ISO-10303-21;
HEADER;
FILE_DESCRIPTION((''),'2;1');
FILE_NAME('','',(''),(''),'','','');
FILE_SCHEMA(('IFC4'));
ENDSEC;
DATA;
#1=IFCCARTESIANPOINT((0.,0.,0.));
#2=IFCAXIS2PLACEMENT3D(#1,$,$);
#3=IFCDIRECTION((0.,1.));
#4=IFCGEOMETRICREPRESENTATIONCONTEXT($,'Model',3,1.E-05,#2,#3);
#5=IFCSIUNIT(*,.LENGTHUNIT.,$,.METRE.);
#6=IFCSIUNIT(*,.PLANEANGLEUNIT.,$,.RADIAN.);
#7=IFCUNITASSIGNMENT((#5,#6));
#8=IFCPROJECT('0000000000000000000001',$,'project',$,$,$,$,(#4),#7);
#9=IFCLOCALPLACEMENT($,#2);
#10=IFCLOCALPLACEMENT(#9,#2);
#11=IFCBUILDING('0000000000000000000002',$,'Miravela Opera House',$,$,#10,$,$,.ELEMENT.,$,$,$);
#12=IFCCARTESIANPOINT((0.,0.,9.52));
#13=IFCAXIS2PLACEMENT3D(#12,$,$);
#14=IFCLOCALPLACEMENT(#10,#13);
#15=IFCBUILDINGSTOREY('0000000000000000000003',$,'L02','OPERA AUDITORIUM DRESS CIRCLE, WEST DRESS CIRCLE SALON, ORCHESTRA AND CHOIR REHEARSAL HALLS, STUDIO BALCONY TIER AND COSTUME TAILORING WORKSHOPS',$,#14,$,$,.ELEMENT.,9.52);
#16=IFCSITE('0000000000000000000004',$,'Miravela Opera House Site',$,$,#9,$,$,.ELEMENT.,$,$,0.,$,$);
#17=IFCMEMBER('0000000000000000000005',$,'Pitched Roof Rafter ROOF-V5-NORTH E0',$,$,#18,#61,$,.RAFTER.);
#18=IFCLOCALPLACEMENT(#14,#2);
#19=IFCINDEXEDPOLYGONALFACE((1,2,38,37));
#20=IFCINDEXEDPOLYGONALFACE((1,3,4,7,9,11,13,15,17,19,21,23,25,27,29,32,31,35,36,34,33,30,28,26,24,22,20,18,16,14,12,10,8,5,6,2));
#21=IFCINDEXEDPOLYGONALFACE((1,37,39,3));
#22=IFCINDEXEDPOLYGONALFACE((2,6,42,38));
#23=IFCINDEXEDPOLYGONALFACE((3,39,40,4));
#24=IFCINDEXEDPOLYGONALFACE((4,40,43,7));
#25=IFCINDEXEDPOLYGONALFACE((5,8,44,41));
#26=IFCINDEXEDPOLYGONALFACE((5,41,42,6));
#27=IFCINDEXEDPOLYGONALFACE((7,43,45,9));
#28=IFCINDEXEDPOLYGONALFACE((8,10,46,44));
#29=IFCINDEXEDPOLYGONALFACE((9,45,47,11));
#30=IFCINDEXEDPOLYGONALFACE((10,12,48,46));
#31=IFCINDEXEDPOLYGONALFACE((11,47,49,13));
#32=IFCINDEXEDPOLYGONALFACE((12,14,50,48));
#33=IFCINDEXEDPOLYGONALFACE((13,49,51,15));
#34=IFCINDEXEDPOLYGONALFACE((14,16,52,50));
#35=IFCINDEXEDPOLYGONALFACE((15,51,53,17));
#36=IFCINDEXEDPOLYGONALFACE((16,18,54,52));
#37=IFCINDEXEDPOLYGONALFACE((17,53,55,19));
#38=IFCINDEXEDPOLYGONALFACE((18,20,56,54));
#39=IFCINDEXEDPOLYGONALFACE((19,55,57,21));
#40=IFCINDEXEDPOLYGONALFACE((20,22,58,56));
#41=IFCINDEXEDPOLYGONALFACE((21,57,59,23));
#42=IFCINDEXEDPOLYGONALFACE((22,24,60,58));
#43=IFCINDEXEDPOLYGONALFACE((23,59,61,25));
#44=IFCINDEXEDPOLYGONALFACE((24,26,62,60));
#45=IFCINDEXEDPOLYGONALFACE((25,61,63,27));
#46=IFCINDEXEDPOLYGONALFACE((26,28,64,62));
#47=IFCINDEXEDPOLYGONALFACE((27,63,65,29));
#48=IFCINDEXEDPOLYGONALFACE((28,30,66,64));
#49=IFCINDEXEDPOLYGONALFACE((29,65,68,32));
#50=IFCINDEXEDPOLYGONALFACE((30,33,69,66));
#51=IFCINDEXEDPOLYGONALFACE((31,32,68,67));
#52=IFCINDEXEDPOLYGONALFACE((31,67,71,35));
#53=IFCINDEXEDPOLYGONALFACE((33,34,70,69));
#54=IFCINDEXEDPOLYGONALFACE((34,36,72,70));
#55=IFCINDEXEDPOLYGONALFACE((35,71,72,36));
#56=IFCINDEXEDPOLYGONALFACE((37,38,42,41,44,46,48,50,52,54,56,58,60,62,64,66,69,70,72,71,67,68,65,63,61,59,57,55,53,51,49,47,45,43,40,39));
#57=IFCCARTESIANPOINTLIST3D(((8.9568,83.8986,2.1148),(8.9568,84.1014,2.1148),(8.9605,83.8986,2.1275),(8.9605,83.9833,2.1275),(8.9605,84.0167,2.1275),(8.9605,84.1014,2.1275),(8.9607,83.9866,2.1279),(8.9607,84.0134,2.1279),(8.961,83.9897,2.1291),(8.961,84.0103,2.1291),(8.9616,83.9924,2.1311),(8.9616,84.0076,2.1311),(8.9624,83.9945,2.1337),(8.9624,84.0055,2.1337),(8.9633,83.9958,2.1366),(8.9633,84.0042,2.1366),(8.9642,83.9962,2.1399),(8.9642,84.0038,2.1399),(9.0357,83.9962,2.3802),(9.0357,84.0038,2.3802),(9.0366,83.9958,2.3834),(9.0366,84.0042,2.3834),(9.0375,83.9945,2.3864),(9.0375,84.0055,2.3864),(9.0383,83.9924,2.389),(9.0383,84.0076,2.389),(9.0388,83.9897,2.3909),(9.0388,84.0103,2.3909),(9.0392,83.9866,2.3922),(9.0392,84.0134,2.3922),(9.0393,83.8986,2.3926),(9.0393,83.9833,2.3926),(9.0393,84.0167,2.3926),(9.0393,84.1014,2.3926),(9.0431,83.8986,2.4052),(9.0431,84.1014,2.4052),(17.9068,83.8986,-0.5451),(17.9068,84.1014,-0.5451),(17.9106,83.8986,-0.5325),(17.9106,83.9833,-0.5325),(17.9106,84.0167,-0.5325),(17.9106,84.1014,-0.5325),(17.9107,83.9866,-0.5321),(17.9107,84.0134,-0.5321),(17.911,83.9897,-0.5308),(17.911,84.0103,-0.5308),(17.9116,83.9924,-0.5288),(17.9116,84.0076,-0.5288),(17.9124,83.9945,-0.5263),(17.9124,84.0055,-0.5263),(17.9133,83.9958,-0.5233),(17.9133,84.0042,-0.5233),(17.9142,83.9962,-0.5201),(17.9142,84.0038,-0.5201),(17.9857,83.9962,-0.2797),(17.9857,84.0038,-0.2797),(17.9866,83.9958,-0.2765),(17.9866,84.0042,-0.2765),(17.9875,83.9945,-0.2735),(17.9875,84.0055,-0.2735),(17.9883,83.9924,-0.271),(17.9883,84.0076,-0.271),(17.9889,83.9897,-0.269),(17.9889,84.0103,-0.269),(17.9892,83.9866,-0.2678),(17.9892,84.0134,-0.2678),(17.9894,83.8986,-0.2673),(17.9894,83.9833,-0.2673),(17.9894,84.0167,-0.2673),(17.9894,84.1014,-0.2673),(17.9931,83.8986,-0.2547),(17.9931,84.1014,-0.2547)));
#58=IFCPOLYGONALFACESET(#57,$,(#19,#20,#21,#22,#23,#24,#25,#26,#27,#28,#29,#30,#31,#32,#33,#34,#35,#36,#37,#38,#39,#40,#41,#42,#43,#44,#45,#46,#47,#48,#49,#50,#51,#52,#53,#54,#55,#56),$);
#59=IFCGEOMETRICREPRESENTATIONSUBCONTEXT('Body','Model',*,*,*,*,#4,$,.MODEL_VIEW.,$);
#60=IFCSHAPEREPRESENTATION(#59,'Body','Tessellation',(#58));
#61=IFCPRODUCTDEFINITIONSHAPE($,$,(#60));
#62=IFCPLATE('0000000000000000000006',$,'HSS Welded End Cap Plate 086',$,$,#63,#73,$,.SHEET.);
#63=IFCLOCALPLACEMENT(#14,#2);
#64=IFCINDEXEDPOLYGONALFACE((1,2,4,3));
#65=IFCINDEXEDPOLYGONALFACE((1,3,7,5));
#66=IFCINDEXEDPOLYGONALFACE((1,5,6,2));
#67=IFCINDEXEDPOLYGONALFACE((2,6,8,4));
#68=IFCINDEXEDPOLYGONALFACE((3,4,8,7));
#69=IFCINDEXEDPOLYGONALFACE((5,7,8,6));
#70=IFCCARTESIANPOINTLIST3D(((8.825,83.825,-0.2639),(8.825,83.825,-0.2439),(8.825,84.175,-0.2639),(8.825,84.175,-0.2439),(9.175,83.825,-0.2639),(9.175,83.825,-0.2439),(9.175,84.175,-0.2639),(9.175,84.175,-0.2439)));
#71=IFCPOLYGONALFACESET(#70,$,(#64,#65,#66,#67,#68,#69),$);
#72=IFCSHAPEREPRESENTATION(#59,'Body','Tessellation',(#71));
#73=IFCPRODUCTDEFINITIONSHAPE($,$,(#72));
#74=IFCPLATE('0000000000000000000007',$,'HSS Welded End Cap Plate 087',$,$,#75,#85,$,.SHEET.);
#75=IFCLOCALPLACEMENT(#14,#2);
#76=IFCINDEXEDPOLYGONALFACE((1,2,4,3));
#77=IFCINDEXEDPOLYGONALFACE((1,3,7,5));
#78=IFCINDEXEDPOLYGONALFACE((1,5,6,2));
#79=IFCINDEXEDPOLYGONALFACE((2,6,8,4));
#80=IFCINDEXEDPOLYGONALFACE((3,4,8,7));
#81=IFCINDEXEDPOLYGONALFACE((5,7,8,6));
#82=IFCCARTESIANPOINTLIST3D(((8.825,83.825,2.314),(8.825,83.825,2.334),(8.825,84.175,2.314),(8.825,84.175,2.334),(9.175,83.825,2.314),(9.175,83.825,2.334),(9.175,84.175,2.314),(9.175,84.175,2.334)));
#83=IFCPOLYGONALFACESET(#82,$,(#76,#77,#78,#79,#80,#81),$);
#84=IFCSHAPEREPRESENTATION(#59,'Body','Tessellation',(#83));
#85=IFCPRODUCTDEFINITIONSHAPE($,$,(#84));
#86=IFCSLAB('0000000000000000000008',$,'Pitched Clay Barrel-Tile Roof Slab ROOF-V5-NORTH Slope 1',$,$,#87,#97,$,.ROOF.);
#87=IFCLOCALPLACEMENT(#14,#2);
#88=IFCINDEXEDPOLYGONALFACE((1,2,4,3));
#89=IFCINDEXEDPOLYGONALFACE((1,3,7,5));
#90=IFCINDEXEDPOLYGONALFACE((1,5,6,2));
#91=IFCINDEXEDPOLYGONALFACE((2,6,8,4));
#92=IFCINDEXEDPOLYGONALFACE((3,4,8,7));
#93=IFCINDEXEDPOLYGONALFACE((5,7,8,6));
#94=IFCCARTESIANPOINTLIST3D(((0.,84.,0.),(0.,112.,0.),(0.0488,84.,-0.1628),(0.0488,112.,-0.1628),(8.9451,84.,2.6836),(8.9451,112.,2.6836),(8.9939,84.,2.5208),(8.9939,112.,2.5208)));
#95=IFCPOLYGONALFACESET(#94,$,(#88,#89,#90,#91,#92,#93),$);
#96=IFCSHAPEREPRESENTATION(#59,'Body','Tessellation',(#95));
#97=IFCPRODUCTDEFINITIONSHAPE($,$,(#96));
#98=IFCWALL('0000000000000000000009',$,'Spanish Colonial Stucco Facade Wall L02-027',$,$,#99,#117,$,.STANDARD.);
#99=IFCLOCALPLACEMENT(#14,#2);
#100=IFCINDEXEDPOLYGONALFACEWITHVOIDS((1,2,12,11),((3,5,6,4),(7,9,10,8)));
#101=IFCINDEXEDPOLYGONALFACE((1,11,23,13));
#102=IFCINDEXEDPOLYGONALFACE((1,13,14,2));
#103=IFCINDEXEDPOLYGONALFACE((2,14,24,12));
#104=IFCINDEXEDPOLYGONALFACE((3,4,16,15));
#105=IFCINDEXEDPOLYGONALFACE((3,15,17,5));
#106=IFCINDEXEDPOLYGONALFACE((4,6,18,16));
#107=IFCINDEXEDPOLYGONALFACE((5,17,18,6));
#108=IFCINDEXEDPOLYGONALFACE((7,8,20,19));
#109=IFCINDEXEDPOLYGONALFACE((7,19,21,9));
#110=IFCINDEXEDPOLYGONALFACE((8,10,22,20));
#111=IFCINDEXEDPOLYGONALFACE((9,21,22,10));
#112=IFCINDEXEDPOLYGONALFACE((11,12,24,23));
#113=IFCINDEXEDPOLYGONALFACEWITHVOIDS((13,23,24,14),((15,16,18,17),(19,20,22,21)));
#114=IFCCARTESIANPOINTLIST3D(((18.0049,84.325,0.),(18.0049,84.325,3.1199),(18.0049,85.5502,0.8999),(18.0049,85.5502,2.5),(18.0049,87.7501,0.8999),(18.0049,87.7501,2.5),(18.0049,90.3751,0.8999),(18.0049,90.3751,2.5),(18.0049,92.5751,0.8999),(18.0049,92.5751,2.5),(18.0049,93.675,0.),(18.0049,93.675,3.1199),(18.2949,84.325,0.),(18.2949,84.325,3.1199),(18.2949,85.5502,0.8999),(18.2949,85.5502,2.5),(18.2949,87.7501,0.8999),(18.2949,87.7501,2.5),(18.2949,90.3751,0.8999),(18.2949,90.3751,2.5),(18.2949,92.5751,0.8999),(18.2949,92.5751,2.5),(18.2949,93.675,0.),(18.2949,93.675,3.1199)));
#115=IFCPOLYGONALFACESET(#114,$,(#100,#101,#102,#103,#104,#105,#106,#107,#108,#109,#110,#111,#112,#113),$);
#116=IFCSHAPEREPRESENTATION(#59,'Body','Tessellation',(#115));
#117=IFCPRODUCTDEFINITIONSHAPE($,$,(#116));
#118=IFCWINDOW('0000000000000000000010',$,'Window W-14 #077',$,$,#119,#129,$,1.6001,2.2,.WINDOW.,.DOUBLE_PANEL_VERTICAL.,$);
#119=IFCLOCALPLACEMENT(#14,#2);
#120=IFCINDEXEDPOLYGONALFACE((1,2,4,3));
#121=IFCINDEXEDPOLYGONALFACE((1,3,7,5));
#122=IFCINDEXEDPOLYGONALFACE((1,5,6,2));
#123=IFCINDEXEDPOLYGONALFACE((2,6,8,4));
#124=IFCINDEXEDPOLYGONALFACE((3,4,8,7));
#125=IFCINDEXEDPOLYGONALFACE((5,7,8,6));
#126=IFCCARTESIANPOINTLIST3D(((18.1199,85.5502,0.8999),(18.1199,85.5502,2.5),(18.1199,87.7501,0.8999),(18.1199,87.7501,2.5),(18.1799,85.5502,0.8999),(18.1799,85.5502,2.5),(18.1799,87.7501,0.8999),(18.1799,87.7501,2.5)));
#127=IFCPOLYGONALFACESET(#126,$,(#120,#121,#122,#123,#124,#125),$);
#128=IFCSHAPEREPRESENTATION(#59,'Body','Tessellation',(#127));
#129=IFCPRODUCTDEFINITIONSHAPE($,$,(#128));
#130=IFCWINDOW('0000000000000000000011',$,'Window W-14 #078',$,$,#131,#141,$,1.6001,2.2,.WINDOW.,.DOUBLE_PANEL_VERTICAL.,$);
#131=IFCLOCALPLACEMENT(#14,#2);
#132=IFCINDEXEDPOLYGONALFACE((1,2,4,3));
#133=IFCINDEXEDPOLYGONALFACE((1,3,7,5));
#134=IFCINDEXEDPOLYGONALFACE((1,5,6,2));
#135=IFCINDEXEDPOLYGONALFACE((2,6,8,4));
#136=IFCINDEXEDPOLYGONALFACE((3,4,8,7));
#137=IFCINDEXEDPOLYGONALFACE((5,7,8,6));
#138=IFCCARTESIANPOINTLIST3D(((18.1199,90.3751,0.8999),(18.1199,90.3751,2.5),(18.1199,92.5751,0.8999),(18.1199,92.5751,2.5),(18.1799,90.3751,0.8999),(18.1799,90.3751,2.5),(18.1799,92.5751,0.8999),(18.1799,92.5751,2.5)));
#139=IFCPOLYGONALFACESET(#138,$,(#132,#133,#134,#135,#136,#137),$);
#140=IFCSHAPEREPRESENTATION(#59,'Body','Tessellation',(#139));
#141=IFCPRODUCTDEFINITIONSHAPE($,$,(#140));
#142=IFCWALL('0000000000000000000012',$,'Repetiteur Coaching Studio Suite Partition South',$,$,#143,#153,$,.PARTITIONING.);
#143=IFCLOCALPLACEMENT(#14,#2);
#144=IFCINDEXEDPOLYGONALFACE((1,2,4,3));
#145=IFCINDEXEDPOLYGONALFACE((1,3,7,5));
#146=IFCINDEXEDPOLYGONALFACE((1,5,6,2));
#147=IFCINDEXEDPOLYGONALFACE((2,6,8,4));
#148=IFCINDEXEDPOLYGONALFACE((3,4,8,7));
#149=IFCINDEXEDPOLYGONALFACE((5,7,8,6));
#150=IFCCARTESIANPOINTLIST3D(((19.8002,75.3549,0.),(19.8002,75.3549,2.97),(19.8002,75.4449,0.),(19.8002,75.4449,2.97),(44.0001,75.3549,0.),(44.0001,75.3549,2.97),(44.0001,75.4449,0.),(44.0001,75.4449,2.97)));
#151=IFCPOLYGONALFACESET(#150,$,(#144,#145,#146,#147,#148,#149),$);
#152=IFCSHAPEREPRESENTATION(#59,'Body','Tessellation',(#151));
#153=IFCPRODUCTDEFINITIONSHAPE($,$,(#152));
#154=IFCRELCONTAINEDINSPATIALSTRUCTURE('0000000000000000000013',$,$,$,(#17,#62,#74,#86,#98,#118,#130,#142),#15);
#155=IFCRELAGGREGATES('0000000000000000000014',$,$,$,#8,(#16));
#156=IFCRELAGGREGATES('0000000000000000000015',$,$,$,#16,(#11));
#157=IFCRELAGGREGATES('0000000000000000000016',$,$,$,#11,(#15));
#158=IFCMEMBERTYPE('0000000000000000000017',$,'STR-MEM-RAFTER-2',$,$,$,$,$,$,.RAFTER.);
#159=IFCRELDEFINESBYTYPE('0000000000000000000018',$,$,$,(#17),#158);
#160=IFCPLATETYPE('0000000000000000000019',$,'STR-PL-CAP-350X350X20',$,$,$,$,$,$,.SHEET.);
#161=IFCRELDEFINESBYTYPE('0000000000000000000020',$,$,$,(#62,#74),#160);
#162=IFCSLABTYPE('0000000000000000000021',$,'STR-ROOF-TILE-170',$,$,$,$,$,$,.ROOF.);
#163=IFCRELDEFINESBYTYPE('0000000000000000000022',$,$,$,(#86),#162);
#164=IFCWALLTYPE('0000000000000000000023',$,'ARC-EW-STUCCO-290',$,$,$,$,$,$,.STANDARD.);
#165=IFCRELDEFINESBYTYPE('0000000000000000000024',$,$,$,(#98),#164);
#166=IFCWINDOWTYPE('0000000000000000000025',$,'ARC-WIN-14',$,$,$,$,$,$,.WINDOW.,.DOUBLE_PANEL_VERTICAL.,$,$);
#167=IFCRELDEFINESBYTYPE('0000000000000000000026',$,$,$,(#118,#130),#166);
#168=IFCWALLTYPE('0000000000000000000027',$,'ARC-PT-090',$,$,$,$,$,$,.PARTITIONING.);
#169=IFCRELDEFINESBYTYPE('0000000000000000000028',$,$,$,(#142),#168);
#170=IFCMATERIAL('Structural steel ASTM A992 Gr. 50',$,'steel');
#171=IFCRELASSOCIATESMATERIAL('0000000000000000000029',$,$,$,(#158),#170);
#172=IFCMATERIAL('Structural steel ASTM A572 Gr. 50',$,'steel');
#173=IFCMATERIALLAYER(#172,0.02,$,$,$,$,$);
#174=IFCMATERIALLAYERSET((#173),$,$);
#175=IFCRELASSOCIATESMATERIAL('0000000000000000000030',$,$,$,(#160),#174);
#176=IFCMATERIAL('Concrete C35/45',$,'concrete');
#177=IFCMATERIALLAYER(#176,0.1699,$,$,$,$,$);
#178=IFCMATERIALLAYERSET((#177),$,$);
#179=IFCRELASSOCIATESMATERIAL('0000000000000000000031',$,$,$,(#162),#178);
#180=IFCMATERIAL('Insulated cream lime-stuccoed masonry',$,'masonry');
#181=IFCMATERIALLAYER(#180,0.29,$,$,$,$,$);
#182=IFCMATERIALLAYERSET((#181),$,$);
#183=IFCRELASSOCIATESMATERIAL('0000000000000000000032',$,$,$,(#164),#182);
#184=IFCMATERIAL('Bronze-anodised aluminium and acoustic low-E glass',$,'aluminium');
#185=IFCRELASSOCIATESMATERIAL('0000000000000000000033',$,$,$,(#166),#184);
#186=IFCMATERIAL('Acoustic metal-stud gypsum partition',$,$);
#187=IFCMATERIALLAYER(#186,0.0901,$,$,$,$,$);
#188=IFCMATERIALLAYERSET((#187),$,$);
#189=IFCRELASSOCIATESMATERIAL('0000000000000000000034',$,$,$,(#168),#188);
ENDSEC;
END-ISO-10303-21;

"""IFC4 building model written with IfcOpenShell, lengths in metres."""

from ifc_helpers import new_model, si_unit, direction, frame, frame_2d, origin, origin_2d, place, context, subcontext, project, spatial, polyline, rectangle, i_section, outline, extrude, material, layer, layer_set, material_profile, profile_set, type_object, element, fill, save


model = new_model("IFC4")

# Units and contexts
model_context = context("Model", 3, precision=1e-05, world=origin(), true_north=direction((0.0, 1.0)))
body_context = subcontext(model_context, "Body", "Model", "MODEL_VIEW")
ifc_project = project(units=[si_unit("LENGTHUNIT", "METRE"), si_unit("PLANEANGLEUNIT", "RADIAN")], contexts=[model_context])

# Site, building, storey
site_placement = place(None, origin())
site = spatial("IfcSite", under=ifc_project, at=site_placement, Name="Miravela Opera House Site", CompositionType="ELEMENT", RefElevation=0.0)
building_placement = place(site_placement, origin())
building = spatial("IfcBuilding", under=site, at=building_placement, Name="Miravela Opera House", CompositionType="ELEMENT")
storey_placement = place(building_placement, frame((0.0, 0.0, 9.52)))
storey = spatial("IfcBuildingStorey", under=building, at=storey_placement, Name="L02", Description="OPERA AUDITORIUM DRESS CIRCLE, WEST DRESS CIRCLE SALON, ORCHESTRA AND CHOIR REHEARSAL HALLS, STUDIO BALCONY TIER AND COSTUME TAILORING WORKSHOPS", CompositionType="ELEMENT", Elevation=9.52)

# Shared definitions
ifc_material_1 = material(Name="Concrete C35/45", Category="concrete")

# Shared definitions
ifc_material_2 = material(Name="Structural steel ASTM A992 Gr. 50", Category="steel")

# Member
ifc_material_profile_1 = material_profile(ifc_material_2, i_section(OverallWidth=0.2029, OverallDepth=0.303, WebThickness=0.0076, FlangeThickness=0.0132, FilletRadius=0.0129, at=origin_2d()), Name="W310X60")
ifc_profile_set_1 = profile_set([ifc_material_profile_1])
member_type_1 = type_object("IfcMemberType", Name="STR-MEM-RAFTER-2", PredefinedType="RAFTER", material=ifc_profile_set_1)
member_1_placement = place(storey_placement, frame((17.95, 84.0, -0.3999), z_axis=(-0.958562, 0.0, 0.284883), x_axis=(0.0, -1.0, 0.0)))
element("IfcMember", 1, at=member_1_placement, inside=storey, type_object=member_type_1, Name="Pitched Roof Rafter ROOF-V5-NORTH E0", PredefinedType="RAFTER", context=body_context, shape_type="SweptSolid", body=[
    extrude(i_section(OverallWidth=0.2029, OverallDepth=0.303, WebThickness=0.0076, FlangeThickness=0.0132, FilletRadius=0.0129, at=origin_2d()), origin(), (0.0, 0.0, 1.0), 9.3369),
])

# Plates
ifc_material_3 = material(Name="Structural steel ASTM A572 Gr. 50", Category="steel")
ifc_layer_1 = layer(ifc_material_3, 0.02)
ifc_layer_set_1 = layer_set([ifc_layer_1])
plate_type = type_object("IfcPlateType", Name="STR-PL-CAP-350X350X20", PredefinedType="SHEET", material=ifc_layer_set_1)
for number, where, z_axis, x_axis, name in (
    (2, (9.0, 84.0, -0.2639), (0.0, 0.0, 1.0), (1.0, 0.0, 0.0), "HSS Welded End Cap Plate 086"),
    (3, (9.0, 84.0, 2.314), (0.0, 0.0, 1.0), (1.0, 0.0, 0.0), "HSS Welded End Cap Plate 087"),
):
    element("IfcPlate", number, at=place(storey_placement, frame(where, z_axis=z_axis, x_axis=x_axis)), inside=storey, type_object=plate_type, Name=name, PredefinedType="SHEET", context=body_context, shape_type="SweptSolid", body=[
        extrude(rectangle(XDim=0.3501, YDim=0.3501, at=origin_2d()), origin(), (0.0, 0.0, 1.0), 0.02),
    ])

# Slab
ifc_layer_2 = layer(ifc_material_1, 0.1699)
ifc_layer_set_2 = layer_set([ifc_layer_2])
slab_type = type_object("IfcSlabType", Name="STR-ROOF-TILE-170", PredefinedType="ROOF", material=ifc_layer_set_2)
slab_placement = place(storey_placement, frame((0.0, 84.0, 0.0), z_axis=(-0.287355, 0.0, 0.957824), x_axis=(0.0, 1.0, 0.0)))
element("IfcSlab", 4, at=slab_placement, inside=storey, type_object=slab_type, Name="Pitched Clay Barrel-Tile Roof Slab ROOF-V5-NORTH Slope 1", PredefinedType="ROOF", context=body_context, shape_type="SweptSolid", body=[
    extrude(outline(polyline([(0.0, 0.0), (28.0, 0.0), (28.0, -9.3389), (0.0, -9.3389), (0.0, 0.0)])), origin(), (0.0, 0.0, -1.0), 0.1699),
])

# Wall, openings, windows
ifc_material_4 = material(Name="Insulated cream lime-stuccoed masonry", Category="masonry")
ifc_layer_3 = layer(ifc_material_4, 0.29)
ifc_layer_set_3 = layer_set([ifc_layer_3])
wall_type_1 = type_object("IfcWallType", Name="ARC-EW-STUCCO-290", PredefinedType="STANDARD", material=ifc_layer_set_3)
wall_1_placement = place(storey_placement, frame((18.1499, 84.325, 0.0), z_axis=(0.0, 0.0, 1.0), x_axis=(0.0, 1.0, 0.0)))
wall_1 = element("IfcWall", 5, at=wall_1_placement, inside=storey, type_object=wall_type_1, Name="Spanish Colonial Stucco Facade Wall L02-027", PredefinedType="STANDARD", context=body_context, shape_type="SweptSolid", body=[
    extrude(rectangle(XDim=9.3501, YDim=0.29, at=frame_2d((4.675, 0.0))), origin(), (0.0, 0.0, 1.0), 3.1199),
])
opening_1_placement = place(wall_1_placement, frame((1.2251, 0.0, 0.8999)))
opening_1 = element("IfcOpeningElement", 6, at=opening_1_placement, cuts=wall_1, PredefinedType="OPENING", context=body_context, shape_type="SweptSolid", body=[
    extrude(rectangle(XDim=2.2, YDim=1.6001, at=frame_2d((1.1001, 0.8))), frame((0.0, 0.155, 0.0), z_axis=(0.0, -1.0, 0.0), x_axis=(1.0, 0.0, 0.0)), (0.0, 0.0, 1.0), 0.3101),
])
opening_2_placement = place(wall_1_placement, frame((6.05, 0.0, 0.8999)))
opening_2 = element("IfcOpeningElement", 7, at=opening_2_placement, cuts=wall_1, PredefinedType="OPENING", context=body_context, shape_type="SweptSolid", body=[
    extrude(rectangle(XDim=2.2, YDim=1.6001, at=frame_2d((1.1001, 0.8))), frame((0.0, 0.155, 0.0), z_axis=(0.0, -1.0, 0.0), x_axis=(1.0, 0.0, 0.0)), (0.0, 0.0, 1.0), 0.3101),
])
ifc_material_5 = material(Name="Bronze-anodised aluminium and acoustic low-E glass", Category="aluminium")
window_type = type_object("IfcWindowType", Name="ARC-WIN-14", PartitioningType="DOUBLE_PANEL_VERTICAL", PredefinedType="WINDOW", material=ifc_material_5)
window_1_placement = place(opening_1_placement, origin())
window_1 = element("IfcWindow", 8, at=window_1_placement, inside=storey, type_object=window_type, Name="Window W-14 #077", OverallHeight=1.6001, OverallWidth=2.2, PartitioningType="DOUBLE_PANEL_VERTICAL", PredefinedType="WINDOW", context=body_context, shape_type="SweptSolid", body=[
    extrude(rectangle(XDim=2.2, YDim=1.6001, at=frame_2d((1.1001, 0.8))), frame((0.0, 0.03, 0.0), z_axis=(0.0, -1.0, 0.0), x_axis=(1.0, 0.0, 0.0)), (0.0, 0.0, 1.0), 0.0601),
])
fill(opening_1, window_1)
window_2_placement = place(opening_2_placement, origin())
window_2 = element("IfcWindow", 9, at=window_2_placement, inside=storey, type_object=window_type, Name="Window W-14 #078", OverallHeight=1.6001, OverallWidth=2.2, PartitioningType="DOUBLE_PANEL_VERTICAL", PredefinedType="WINDOW", context=body_context, shape_type="SweptSolid", body=[
    extrude(rectangle(XDim=2.2, YDim=1.6001, at=frame_2d((1.1001, 0.8))), frame((0.0, 0.03, 0.0), z_axis=(0.0, -1.0, 0.0), x_axis=(1.0, 0.0, 0.0)), (0.0, 0.0, 1.0), 0.0601),
])
fill(opening_2, window_2)

# Wall
ifc_material_6 = material(Name="Acoustic metal-stud gypsum partition")
ifc_layer_4 = layer(ifc_material_6, 0.0901)
ifc_layer_set_4 = layer_set([ifc_layer_4])
wall_type_2 = type_object("IfcWallType", Name="ARC-PT-090", PredefinedType="PARTITIONING", material=ifc_layer_set_4)
wall_2_placement = place(storey_placement, frame((19.8, 75.3999, 0.0), z_axis=(0.0, 0.0, 1.0), x_axis=(1.0, 0.0, 0.0)))
element("IfcWall", 10, at=wall_2_placement, inside=storey, type_object=wall_type_2, Name="Repetiteur Coaching Studio Suite Partition South", PredefinedType="PARTITIONING", context=body_context, shape_type="SweptSolid", body=[
    extrude(rectangle(XDim=24.2, YDim=0.0901, at=frame_2d((12.1001, 0.0))), origin(), (0.0, 0.0, 1.0), 2.97),
])

save(model, "model.ifc")
